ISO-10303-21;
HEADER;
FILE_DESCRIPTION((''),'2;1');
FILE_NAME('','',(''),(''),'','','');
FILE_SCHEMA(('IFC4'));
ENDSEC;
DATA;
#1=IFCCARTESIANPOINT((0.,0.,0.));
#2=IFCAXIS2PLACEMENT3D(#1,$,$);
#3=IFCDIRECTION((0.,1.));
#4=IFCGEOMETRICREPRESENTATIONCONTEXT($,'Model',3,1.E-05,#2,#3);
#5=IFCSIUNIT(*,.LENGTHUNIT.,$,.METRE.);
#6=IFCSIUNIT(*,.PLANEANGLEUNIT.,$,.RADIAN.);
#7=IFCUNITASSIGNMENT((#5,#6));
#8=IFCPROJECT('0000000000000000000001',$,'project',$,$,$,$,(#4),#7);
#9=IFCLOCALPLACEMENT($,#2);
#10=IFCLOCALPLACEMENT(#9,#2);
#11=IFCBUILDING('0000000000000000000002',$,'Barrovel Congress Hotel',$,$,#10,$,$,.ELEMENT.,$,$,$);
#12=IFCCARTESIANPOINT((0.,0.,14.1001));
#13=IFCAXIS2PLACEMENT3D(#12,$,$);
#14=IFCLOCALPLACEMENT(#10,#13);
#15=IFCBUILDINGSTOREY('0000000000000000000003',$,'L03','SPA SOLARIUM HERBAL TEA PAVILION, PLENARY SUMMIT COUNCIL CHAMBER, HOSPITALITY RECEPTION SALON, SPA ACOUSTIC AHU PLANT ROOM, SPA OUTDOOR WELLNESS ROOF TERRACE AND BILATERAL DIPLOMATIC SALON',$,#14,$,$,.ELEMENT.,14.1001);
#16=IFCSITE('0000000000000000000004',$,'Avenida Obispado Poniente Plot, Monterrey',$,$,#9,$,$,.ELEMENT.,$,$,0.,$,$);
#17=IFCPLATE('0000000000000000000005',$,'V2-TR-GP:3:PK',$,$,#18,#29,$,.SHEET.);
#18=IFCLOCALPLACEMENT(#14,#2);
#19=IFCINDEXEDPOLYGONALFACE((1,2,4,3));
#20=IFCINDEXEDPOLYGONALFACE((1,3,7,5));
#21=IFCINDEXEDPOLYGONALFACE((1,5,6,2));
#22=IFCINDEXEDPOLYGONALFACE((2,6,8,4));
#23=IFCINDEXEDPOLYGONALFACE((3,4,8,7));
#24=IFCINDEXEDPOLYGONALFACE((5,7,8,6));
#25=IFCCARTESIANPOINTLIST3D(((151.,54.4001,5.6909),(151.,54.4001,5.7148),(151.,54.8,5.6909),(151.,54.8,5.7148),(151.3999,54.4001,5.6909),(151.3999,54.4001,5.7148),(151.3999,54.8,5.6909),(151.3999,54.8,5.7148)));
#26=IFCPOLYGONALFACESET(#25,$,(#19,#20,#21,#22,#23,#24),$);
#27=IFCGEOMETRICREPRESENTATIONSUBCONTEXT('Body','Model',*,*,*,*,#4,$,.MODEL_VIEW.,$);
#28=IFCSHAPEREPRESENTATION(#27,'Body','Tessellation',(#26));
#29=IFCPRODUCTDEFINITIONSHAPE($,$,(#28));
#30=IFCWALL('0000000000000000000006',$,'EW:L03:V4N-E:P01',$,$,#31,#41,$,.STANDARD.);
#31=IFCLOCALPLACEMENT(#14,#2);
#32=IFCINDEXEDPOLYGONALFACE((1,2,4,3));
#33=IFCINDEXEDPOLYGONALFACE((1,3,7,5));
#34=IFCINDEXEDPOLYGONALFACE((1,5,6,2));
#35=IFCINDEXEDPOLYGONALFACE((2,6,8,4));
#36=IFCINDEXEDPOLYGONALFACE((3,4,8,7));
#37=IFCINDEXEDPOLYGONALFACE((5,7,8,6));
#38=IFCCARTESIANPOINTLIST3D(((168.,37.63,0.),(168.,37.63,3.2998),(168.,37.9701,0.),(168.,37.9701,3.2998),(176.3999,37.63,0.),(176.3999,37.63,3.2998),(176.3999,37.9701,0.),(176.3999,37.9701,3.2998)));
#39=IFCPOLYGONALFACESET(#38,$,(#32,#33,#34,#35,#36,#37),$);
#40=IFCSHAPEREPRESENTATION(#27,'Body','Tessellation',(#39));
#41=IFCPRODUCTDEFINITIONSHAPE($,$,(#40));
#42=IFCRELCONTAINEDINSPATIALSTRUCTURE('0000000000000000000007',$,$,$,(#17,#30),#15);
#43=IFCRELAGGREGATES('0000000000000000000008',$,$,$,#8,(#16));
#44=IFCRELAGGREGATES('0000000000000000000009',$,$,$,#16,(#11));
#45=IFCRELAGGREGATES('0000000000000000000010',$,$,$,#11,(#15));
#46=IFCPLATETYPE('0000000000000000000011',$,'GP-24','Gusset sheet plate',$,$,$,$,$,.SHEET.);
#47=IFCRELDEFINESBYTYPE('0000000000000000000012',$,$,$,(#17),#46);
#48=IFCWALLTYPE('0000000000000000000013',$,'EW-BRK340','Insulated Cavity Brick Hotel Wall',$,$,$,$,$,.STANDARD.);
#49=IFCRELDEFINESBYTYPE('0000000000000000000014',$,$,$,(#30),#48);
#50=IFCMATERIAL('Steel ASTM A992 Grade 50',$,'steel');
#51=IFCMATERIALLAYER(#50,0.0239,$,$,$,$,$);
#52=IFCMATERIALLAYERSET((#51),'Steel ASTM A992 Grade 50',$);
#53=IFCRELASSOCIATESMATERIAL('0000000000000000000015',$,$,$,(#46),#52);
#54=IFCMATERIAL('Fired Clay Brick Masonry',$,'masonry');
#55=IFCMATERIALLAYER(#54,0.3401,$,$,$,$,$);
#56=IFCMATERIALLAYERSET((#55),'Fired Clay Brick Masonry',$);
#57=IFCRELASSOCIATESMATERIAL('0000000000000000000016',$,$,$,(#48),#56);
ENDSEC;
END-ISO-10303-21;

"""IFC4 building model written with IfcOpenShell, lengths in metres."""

from ifc_helpers import new_model, si_unit, direction, frame, frame_2d, origin, origin_2d, place, context, subcontext, project, spatial, rectangle, extrude, material, layer, layer_set, type_object, element, save


model = new_model("IFC4")

# Units and contexts
model_context = context("Model", 3, precision=1e-05, world=origin(), true_north=direction((0.0, 1.0)))
body_context = subcontext(model_context, "Body", "Model", "MODEL_VIEW")
ifc_project = project(units=[si_unit("LENGTHUNIT", "METRE"), si_unit("PLANEANGLEUNIT", "RADIAN")], contexts=[model_context])

# Site, building, storey
site_placement = place(None, origin())
site = spatial("IfcSite", under=ifc_project, at=site_placement, Name="Avenida Obispado Poniente Plot, Monterrey", CompositionType="ELEMENT", RefElevation=0.0)
building_placement = place(site_placement, origin())
building = spatial("IfcBuilding", under=site, at=building_placement, Name="Barrovel Congress Hotel", CompositionType="ELEMENT")
storey_placement = place(building_placement, frame((0.0, 0.0, 14.1001)))
storey = spatial("IfcBuildingStorey", under=building, at=storey_placement, Name="L03", Description="SPA SOLARIUM HERBAL TEA PAVILION, PLENARY SUMMIT COUNCIL CHAMBER, HOSPITALITY RECEPTION SALON, SPA ACOUSTIC AHU PLANT ROOM, SPA OUTDOOR WELLNESS ROOF TERRACE AND BILATERAL DIPLOMATIC SALON", CompositionType="ELEMENT", Elevation=14.1001)

# Shared definitions
ifc_material_1 = material(Name="Steel ASTM A992 Grade 50", Category="steel")

# Plate
ifc_layer_1 = layer(ifc_material_1, 0.0239)
ifc_layer_set_1 = layer_set([ifc_layer_1], Name="Steel ASTM A992 Grade 50")
plate_type_1 = type_object("IfcPlateType", Name="GP-24", Description="Gusset sheet plate", PredefinedType="SHEET", material=ifc_layer_set_1)
for number, where, z_axis, x_axis, name in (
    (1, (151.2, 54.6001, 5.6909), (0.0, 0.0, 1.0), (1.0, 0.0, 0.0), "V2-TR-GP:3:PK"),
):
    element("IfcPlate", number, at=place(storey_placement, frame(where, z_axis=z_axis, x_axis=x_axis)), inside=storey, type_object=plate_type_1, Name=name, PredefinedType="SHEET", context=body_context, shape_type="SweptSolid", body=[
        extrude(rectangle(XDim=0.3999, YDim=0.3999, at=origin_2d()), origin(), (0.0, 0.0, 1.0), 0.0239),
    ])

# Wall
ifc_material_2 = material(Name="Fired Clay Brick Masonry", Category="masonry")
ifc_layer_2 = layer(ifc_material_2, 0.3401)
ifc_layer_set_2 = layer_set([ifc_layer_2], Name="Fired Clay Brick Masonry")
wall_type = type_object("IfcWallType", Name="EW-BRK340", Description="Insulated Cavity Brick Hotel Wall", PredefinedType="STANDARD", material=ifc_layer_set_2)
wall_placement = place(storey_placement, frame((176.3999, 37.8, 0.0), z_axis=(0.0, 0.0, 1.0), x_axis=(-1.0, 0.0, 0.0)))
element("IfcWall", 2, at=wall_placement, inside=storey, type_object=wall_type, Name="EW:L03:V4N-E:P01", PredefinedType="STANDARD", context=body_context, shape_type="SweptSolid", body=[
    extrude(rectangle(XDim=8.3999, YDim=0.3401, at=frame_2d((4.2, 0.0))), origin(), (0.0, 0.0, 1.0), 3.2998),
])

save(model, "model.ifc")
